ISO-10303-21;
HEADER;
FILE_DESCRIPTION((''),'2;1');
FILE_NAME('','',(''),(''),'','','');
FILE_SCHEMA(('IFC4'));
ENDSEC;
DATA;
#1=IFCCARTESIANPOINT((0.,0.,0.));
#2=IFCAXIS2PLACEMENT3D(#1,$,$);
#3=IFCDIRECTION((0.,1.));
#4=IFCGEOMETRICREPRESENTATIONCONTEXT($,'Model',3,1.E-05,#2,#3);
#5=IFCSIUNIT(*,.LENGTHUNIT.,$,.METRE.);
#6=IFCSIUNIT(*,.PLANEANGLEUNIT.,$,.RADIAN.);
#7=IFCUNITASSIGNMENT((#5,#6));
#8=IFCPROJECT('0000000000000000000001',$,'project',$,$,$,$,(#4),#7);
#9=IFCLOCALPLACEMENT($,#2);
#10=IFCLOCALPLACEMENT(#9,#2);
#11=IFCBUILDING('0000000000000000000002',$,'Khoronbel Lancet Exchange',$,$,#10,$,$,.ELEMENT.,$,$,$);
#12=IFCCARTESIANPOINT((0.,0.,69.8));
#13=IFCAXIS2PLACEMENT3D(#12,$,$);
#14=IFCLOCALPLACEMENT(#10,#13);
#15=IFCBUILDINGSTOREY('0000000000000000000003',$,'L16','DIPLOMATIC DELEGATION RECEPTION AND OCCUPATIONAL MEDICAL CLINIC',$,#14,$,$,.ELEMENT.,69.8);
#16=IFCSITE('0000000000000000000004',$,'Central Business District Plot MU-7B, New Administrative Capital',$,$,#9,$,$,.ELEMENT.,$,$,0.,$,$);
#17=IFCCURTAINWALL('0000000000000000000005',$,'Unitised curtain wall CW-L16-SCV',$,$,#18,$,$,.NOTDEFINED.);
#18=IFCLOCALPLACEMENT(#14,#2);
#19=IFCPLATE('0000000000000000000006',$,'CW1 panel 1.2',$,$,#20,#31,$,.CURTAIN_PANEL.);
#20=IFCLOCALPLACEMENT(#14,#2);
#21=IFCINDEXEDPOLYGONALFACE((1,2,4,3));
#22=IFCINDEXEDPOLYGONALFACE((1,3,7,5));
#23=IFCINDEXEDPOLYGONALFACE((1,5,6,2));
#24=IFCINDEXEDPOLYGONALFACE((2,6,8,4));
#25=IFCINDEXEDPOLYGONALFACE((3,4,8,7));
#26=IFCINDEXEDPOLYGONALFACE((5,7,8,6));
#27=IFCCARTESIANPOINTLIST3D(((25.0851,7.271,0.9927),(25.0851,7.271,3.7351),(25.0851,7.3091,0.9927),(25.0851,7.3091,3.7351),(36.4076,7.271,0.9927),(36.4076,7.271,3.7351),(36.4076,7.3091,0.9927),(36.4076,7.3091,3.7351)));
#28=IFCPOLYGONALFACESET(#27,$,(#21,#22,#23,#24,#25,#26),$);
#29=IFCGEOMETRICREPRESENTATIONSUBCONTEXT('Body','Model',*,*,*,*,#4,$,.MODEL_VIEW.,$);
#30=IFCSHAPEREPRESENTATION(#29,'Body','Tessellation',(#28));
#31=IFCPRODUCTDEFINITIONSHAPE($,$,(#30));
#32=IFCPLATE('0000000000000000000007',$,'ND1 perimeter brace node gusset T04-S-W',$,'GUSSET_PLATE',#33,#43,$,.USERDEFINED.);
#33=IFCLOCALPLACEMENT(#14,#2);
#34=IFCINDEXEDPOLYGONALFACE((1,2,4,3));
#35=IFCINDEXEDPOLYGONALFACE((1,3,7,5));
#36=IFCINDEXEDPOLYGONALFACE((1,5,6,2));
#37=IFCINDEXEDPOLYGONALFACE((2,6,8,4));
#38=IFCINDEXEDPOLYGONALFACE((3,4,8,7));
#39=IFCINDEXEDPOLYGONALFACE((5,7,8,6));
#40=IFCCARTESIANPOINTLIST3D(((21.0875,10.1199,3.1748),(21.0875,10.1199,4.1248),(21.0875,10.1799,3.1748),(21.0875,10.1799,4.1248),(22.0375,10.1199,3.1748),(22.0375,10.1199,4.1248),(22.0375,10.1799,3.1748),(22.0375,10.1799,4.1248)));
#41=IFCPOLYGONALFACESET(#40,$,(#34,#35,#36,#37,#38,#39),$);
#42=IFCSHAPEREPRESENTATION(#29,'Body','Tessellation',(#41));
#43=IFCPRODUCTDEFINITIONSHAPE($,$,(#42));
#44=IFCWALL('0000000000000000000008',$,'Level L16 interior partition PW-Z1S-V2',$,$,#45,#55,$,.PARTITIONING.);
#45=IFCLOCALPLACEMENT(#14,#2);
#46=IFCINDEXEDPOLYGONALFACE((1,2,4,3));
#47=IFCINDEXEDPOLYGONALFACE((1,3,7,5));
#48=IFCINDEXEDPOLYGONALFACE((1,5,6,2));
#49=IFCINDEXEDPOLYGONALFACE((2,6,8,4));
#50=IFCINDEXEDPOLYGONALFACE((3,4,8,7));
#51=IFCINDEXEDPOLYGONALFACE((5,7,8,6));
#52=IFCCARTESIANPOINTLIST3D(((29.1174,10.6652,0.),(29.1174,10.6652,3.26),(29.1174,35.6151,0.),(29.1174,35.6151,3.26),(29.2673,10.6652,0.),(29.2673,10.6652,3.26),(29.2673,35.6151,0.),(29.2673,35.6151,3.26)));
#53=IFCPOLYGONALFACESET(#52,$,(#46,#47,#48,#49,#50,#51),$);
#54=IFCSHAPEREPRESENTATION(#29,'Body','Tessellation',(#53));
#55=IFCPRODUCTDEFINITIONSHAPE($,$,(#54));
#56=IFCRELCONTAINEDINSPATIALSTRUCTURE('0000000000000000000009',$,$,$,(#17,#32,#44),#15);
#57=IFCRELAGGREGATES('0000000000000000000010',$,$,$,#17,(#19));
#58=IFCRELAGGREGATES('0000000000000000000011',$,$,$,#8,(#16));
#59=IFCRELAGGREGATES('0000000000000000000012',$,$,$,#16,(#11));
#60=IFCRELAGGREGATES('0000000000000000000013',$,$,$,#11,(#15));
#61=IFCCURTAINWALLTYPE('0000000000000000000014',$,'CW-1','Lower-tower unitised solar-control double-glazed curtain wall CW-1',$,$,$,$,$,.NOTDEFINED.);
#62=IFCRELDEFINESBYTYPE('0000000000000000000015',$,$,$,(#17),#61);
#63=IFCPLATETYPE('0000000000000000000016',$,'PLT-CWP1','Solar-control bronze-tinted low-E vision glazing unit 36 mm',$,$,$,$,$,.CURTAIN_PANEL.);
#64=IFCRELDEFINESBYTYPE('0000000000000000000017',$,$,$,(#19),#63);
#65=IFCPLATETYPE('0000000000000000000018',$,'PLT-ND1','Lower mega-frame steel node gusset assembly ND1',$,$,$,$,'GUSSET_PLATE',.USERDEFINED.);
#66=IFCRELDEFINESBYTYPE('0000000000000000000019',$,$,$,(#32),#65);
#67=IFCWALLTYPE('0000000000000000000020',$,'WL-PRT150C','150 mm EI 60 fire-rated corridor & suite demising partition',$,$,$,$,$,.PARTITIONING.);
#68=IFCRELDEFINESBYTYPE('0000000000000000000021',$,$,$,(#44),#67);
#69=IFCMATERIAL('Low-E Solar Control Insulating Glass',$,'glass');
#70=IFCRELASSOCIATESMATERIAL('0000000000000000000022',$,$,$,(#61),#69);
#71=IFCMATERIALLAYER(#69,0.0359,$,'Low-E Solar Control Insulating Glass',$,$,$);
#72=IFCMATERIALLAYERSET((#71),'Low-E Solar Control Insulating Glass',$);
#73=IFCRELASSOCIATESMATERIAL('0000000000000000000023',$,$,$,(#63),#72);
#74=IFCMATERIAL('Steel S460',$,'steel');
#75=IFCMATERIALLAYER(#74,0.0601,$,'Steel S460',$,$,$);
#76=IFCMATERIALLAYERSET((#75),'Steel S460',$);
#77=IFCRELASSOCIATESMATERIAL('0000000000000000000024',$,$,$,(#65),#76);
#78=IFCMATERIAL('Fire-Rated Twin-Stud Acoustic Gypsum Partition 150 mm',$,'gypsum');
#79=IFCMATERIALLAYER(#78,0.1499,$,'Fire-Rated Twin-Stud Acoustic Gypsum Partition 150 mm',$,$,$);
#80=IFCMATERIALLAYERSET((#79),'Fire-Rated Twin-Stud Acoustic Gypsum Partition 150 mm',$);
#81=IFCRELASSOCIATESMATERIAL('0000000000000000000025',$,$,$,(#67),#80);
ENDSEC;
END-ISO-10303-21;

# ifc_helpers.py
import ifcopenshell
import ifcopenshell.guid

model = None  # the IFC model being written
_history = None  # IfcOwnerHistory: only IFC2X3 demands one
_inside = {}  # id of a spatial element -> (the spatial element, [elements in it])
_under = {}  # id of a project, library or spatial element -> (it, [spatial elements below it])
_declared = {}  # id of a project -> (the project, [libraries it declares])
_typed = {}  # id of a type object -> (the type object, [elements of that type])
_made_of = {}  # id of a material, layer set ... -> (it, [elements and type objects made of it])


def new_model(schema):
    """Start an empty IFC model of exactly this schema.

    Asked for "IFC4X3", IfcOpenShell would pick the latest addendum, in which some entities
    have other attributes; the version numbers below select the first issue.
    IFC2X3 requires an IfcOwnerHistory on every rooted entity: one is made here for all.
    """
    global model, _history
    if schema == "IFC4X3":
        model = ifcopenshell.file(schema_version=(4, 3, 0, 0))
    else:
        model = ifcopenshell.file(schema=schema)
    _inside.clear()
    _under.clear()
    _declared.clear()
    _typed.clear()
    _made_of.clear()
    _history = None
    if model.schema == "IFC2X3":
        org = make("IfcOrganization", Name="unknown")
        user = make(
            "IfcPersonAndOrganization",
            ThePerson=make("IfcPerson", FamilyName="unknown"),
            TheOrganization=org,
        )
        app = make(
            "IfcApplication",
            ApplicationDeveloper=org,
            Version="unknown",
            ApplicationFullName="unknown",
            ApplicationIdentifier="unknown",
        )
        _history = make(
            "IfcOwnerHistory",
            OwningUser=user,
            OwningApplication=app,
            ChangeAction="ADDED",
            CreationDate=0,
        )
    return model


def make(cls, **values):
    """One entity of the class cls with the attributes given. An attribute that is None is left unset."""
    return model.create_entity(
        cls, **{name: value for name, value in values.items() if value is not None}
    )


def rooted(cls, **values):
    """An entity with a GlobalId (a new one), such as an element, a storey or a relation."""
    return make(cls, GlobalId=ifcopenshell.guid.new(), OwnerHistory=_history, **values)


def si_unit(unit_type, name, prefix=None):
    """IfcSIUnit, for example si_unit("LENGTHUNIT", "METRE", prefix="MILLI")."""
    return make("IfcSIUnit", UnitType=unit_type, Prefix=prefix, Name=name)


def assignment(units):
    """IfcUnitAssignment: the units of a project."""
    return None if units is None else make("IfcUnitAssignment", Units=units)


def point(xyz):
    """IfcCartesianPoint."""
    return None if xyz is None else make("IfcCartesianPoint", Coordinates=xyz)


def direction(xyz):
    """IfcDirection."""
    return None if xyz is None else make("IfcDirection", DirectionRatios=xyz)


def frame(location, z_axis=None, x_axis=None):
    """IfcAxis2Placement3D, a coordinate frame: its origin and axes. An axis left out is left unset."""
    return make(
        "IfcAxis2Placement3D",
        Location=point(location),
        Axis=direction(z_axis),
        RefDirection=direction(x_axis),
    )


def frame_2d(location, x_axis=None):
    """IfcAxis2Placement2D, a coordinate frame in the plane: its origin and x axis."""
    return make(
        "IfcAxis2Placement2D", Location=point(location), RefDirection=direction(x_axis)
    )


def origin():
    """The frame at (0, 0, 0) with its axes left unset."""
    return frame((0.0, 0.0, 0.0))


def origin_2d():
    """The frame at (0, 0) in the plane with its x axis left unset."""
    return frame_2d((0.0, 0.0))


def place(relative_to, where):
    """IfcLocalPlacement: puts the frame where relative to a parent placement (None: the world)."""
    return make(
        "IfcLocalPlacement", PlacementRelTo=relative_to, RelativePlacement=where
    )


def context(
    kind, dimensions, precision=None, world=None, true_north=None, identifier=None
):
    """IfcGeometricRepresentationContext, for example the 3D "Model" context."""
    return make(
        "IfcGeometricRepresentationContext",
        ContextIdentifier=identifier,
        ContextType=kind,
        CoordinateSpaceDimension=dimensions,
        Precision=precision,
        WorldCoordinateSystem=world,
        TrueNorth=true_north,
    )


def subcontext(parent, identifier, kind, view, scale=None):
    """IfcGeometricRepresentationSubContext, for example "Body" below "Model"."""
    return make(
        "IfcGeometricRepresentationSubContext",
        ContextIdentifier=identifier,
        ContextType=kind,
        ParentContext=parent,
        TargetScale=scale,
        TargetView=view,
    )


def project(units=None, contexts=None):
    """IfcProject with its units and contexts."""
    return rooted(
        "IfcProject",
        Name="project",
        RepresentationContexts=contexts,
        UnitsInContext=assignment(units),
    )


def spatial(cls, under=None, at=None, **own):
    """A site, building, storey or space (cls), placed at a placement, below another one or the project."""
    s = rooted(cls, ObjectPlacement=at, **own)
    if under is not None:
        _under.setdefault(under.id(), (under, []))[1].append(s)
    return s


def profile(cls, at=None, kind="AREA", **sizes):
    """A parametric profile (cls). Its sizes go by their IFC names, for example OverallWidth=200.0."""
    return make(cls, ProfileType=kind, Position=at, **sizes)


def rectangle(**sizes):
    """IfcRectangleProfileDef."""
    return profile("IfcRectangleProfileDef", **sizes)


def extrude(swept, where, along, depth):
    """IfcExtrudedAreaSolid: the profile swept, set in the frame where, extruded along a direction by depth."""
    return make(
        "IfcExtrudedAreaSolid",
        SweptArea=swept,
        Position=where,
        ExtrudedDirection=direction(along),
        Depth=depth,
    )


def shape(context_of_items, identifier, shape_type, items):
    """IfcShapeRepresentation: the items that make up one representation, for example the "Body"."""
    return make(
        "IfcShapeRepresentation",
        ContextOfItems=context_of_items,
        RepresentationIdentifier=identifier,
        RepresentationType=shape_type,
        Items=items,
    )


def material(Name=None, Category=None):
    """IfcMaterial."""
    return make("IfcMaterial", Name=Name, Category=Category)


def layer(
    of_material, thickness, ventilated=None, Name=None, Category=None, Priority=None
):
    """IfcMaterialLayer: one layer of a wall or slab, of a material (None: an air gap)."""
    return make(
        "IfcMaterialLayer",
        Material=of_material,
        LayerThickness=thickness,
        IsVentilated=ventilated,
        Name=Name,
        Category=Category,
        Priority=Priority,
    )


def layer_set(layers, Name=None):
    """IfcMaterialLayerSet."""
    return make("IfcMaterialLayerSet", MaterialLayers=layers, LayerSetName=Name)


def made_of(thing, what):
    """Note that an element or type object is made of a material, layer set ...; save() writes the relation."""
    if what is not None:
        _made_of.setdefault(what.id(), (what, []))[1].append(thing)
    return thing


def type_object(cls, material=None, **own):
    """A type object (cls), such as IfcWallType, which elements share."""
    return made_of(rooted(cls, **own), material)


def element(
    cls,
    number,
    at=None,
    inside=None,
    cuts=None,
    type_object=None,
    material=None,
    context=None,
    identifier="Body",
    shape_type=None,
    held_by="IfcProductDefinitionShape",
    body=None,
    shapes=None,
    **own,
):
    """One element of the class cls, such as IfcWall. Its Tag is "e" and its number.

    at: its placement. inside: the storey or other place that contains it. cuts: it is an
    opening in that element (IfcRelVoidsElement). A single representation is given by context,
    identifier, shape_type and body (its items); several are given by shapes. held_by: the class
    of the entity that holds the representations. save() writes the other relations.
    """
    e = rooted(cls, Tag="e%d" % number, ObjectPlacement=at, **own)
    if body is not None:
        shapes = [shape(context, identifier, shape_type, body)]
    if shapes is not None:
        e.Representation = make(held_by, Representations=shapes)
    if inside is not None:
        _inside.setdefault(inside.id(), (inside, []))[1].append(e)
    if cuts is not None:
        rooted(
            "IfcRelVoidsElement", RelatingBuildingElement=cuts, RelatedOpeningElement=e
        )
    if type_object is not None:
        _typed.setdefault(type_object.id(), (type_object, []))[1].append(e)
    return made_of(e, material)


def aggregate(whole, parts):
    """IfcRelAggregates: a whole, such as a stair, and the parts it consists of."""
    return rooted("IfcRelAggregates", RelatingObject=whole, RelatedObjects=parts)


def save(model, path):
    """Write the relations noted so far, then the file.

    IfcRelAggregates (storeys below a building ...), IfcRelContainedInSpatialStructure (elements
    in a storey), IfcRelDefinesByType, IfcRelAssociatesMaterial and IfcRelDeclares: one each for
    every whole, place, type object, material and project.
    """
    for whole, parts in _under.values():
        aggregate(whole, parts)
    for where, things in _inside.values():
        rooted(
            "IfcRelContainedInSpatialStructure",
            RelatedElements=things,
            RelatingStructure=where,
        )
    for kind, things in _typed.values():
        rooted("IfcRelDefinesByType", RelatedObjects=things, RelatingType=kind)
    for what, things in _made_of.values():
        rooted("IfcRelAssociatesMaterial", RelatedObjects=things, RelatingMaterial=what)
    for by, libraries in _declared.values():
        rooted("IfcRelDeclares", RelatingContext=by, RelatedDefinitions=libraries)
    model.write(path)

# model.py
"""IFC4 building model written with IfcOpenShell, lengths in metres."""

from ifc_helpers import new_model, si_unit, direction, frame, frame_2d, origin, origin_2d, place, context, subcontext, project, spatial, rectangle, extrude, material, layer, layer_set, type_object, element, aggregate, save


model = new_model("IFC4")

# Units and contexts
model_context = context("Model", 3, precision=1e-05, world=origin(), true_north=direction((0.0, 1.0)))
body_context = subcontext(model_context, "Body", "Model", "MODEL_VIEW")
ifc_project = project(units=[si_unit("LENGTHUNIT", "METRE"), si_unit("PLANEANGLEUNIT", "RADIAN")], contexts=[model_context])

# Site, building, storey
site_placement = place(None, origin())
site = spatial("IfcSite", under=ifc_project, at=site_placement, Name="Central Business District Plot MU-7B, New Administrative Capital", CompositionType="ELEMENT", RefElevation=0.0)
building_placement = place(site_placement, origin())
building = spatial("IfcBuilding", under=site, at=building_placement, Name="Khoronbel Lancet Exchange", CompositionType="ELEMENT")
storey_placement = place(building_placement, frame((0.0, 0.0, 69.8)))
storey = spatial("IfcBuildingStorey", under=building, at=storey_placement, Name="L16", Description="DIPLOMATIC DELEGATION RECEPTION AND OCCUPATIONAL MEDICAL CLINIC", CompositionType="ELEMENT", Elevation=69.8)

# Shared definitions
ifc_material_1 = material(Name="Steel S460", Category="steel")

# Curtain wall
ifc_material_2 = material(Name="Low-E Solar Control Insulating Glass", Category="glass")
curtain_wall_type = type_object("IfcCurtainWallType", Name="CW-1", Description="Lower-tower unitised solar-control double-glazed curtain wall CW-1", PredefinedType="NOTDEFINED", material=ifc_material_2)
curtain_wall_1_placement = place(storey_placement, origin())
curtain_wall_1 = element("IfcCurtainWall", 1, at=curtain_wall_1_placement, inside=storey, type_object=curtain_wall_type, Name="Unitised curtain wall CW-L16-SCV", PredefinedType="NOTDEFINED")

# Plates
ifc_layer_1 = layer(ifc_material_2, 0.0359, Name="Low-E Solar Control Insulating Glass")
ifc_layer_set_1 = layer_set([ifc_layer_1], Name="Low-E Solar Control Insulating Glass")
plate_type_1 = type_object("IfcPlateType", Name="PLT-CWP1", Description="Solar-control bronze-tinted low-E vision glazing unit 36 mm", PredefinedType="CURTAIN_PANEL", material=ifc_layer_set_1)
plate_1_placement = place(storey_placement, frame((30.7463, 7.29, 0.9927), z_axis=(0.0, 0.0, 1.0), x_axis=(1.0, 0.0, 0.0)))
plate_1 = element("IfcPlate", 2, at=plate_1_placement, type_object=plate_type_1, Name="CW1 panel 1.2", PredefinedType="CURTAIN_PANEL", context=body_context, shape_type="SweptSolid", body=[
    extrude(rectangle(XDim=11.3225, YDim=0.0381, at=origin_2d()), origin(), (0.0, 0.0, 1.0), 2.7424),
])
aggregate(curtain_wall_1, [plate_1])
ifc_layer_2 = layer(ifc_material_1, 0.0601, Name="Steel S460")
ifc_layer_set_2 = layer_set([ifc_layer_2], Name="Steel S460")
plate_type_2 = type_object("IfcPlateType", Name="PLT-ND1", Description="Lower mega-frame steel node gusset assembly ND1", ElementType="GUSSET_PLATE", PredefinedType="USERDEFINED", material=ifc_layer_set_2)
plate_2_placement = place(storey_placement, frame((21.5625, 10.1499, 3.1748), z_axis=(0.0, 0.0, 1.0), x_axis=(1.0, 0.0, 0.0)))
element("IfcPlate", 3, at=plate_2_placement, inside=storey, type_object=plate_type_2, Name="ND1 perimeter brace node gusset T04-S-W", ObjectType="GUSSET_PLATE", PredefinedType="USERDEFINED", context=body_context, shape_type="SweptSolid", body=[
    extrude(rectangle(XDim=0.95, YDim=0.0601, at=origin_2d()), origin(), (0.0, 0.0, 1.0), 0.95),
])

# Wall
ifc_material_3 = material(Name="Fire-Rated Twin-Stud Acoustic Gypsum Partition 150 mm", Category="gypsum")
ifc_layer_3 = layer(ifc_material_3, 0.1499, Name="Fire-Rated Twin-Stud Acoustic Gypsum Partition 150 mm")
ifc_layer_set_3 = layer_set([ifc_layer_3], Name="Fire-Rated Twin-Stud Acoustic Gypsum Partition 150 mm")
wall_type = type_object("IfcWallType", Name="WL-PRT150C", Description="150 mm EI 60 fire-rated corridor & suite demising partition", PredefinedType="PARTITIONING", material=ifc_layer_set_3)
wall_placement = place(storey_placement, frame((29.1924, 10.665, 0.0), z_axis=(0.0, 0.0, 1.0), x_axis=(0.0, 1.0, 0.0)))
element("IfcWall", 4, at=wall_placement, inside=storey, type_object=wall_type, Name="Level L16 interior partition PW-Z1S-V2", PredefinedType="PARTITIONING", context=body_context, shape_type="SweptSolid", body=[
    extrude(rectangle(XDim=24.95, YDim=0.1499, at=frame_2d((12.4751, 0.0))), origin(), (0.0, 0.0, 1.0), 3.26),
])

save(model, "model.ifc")
